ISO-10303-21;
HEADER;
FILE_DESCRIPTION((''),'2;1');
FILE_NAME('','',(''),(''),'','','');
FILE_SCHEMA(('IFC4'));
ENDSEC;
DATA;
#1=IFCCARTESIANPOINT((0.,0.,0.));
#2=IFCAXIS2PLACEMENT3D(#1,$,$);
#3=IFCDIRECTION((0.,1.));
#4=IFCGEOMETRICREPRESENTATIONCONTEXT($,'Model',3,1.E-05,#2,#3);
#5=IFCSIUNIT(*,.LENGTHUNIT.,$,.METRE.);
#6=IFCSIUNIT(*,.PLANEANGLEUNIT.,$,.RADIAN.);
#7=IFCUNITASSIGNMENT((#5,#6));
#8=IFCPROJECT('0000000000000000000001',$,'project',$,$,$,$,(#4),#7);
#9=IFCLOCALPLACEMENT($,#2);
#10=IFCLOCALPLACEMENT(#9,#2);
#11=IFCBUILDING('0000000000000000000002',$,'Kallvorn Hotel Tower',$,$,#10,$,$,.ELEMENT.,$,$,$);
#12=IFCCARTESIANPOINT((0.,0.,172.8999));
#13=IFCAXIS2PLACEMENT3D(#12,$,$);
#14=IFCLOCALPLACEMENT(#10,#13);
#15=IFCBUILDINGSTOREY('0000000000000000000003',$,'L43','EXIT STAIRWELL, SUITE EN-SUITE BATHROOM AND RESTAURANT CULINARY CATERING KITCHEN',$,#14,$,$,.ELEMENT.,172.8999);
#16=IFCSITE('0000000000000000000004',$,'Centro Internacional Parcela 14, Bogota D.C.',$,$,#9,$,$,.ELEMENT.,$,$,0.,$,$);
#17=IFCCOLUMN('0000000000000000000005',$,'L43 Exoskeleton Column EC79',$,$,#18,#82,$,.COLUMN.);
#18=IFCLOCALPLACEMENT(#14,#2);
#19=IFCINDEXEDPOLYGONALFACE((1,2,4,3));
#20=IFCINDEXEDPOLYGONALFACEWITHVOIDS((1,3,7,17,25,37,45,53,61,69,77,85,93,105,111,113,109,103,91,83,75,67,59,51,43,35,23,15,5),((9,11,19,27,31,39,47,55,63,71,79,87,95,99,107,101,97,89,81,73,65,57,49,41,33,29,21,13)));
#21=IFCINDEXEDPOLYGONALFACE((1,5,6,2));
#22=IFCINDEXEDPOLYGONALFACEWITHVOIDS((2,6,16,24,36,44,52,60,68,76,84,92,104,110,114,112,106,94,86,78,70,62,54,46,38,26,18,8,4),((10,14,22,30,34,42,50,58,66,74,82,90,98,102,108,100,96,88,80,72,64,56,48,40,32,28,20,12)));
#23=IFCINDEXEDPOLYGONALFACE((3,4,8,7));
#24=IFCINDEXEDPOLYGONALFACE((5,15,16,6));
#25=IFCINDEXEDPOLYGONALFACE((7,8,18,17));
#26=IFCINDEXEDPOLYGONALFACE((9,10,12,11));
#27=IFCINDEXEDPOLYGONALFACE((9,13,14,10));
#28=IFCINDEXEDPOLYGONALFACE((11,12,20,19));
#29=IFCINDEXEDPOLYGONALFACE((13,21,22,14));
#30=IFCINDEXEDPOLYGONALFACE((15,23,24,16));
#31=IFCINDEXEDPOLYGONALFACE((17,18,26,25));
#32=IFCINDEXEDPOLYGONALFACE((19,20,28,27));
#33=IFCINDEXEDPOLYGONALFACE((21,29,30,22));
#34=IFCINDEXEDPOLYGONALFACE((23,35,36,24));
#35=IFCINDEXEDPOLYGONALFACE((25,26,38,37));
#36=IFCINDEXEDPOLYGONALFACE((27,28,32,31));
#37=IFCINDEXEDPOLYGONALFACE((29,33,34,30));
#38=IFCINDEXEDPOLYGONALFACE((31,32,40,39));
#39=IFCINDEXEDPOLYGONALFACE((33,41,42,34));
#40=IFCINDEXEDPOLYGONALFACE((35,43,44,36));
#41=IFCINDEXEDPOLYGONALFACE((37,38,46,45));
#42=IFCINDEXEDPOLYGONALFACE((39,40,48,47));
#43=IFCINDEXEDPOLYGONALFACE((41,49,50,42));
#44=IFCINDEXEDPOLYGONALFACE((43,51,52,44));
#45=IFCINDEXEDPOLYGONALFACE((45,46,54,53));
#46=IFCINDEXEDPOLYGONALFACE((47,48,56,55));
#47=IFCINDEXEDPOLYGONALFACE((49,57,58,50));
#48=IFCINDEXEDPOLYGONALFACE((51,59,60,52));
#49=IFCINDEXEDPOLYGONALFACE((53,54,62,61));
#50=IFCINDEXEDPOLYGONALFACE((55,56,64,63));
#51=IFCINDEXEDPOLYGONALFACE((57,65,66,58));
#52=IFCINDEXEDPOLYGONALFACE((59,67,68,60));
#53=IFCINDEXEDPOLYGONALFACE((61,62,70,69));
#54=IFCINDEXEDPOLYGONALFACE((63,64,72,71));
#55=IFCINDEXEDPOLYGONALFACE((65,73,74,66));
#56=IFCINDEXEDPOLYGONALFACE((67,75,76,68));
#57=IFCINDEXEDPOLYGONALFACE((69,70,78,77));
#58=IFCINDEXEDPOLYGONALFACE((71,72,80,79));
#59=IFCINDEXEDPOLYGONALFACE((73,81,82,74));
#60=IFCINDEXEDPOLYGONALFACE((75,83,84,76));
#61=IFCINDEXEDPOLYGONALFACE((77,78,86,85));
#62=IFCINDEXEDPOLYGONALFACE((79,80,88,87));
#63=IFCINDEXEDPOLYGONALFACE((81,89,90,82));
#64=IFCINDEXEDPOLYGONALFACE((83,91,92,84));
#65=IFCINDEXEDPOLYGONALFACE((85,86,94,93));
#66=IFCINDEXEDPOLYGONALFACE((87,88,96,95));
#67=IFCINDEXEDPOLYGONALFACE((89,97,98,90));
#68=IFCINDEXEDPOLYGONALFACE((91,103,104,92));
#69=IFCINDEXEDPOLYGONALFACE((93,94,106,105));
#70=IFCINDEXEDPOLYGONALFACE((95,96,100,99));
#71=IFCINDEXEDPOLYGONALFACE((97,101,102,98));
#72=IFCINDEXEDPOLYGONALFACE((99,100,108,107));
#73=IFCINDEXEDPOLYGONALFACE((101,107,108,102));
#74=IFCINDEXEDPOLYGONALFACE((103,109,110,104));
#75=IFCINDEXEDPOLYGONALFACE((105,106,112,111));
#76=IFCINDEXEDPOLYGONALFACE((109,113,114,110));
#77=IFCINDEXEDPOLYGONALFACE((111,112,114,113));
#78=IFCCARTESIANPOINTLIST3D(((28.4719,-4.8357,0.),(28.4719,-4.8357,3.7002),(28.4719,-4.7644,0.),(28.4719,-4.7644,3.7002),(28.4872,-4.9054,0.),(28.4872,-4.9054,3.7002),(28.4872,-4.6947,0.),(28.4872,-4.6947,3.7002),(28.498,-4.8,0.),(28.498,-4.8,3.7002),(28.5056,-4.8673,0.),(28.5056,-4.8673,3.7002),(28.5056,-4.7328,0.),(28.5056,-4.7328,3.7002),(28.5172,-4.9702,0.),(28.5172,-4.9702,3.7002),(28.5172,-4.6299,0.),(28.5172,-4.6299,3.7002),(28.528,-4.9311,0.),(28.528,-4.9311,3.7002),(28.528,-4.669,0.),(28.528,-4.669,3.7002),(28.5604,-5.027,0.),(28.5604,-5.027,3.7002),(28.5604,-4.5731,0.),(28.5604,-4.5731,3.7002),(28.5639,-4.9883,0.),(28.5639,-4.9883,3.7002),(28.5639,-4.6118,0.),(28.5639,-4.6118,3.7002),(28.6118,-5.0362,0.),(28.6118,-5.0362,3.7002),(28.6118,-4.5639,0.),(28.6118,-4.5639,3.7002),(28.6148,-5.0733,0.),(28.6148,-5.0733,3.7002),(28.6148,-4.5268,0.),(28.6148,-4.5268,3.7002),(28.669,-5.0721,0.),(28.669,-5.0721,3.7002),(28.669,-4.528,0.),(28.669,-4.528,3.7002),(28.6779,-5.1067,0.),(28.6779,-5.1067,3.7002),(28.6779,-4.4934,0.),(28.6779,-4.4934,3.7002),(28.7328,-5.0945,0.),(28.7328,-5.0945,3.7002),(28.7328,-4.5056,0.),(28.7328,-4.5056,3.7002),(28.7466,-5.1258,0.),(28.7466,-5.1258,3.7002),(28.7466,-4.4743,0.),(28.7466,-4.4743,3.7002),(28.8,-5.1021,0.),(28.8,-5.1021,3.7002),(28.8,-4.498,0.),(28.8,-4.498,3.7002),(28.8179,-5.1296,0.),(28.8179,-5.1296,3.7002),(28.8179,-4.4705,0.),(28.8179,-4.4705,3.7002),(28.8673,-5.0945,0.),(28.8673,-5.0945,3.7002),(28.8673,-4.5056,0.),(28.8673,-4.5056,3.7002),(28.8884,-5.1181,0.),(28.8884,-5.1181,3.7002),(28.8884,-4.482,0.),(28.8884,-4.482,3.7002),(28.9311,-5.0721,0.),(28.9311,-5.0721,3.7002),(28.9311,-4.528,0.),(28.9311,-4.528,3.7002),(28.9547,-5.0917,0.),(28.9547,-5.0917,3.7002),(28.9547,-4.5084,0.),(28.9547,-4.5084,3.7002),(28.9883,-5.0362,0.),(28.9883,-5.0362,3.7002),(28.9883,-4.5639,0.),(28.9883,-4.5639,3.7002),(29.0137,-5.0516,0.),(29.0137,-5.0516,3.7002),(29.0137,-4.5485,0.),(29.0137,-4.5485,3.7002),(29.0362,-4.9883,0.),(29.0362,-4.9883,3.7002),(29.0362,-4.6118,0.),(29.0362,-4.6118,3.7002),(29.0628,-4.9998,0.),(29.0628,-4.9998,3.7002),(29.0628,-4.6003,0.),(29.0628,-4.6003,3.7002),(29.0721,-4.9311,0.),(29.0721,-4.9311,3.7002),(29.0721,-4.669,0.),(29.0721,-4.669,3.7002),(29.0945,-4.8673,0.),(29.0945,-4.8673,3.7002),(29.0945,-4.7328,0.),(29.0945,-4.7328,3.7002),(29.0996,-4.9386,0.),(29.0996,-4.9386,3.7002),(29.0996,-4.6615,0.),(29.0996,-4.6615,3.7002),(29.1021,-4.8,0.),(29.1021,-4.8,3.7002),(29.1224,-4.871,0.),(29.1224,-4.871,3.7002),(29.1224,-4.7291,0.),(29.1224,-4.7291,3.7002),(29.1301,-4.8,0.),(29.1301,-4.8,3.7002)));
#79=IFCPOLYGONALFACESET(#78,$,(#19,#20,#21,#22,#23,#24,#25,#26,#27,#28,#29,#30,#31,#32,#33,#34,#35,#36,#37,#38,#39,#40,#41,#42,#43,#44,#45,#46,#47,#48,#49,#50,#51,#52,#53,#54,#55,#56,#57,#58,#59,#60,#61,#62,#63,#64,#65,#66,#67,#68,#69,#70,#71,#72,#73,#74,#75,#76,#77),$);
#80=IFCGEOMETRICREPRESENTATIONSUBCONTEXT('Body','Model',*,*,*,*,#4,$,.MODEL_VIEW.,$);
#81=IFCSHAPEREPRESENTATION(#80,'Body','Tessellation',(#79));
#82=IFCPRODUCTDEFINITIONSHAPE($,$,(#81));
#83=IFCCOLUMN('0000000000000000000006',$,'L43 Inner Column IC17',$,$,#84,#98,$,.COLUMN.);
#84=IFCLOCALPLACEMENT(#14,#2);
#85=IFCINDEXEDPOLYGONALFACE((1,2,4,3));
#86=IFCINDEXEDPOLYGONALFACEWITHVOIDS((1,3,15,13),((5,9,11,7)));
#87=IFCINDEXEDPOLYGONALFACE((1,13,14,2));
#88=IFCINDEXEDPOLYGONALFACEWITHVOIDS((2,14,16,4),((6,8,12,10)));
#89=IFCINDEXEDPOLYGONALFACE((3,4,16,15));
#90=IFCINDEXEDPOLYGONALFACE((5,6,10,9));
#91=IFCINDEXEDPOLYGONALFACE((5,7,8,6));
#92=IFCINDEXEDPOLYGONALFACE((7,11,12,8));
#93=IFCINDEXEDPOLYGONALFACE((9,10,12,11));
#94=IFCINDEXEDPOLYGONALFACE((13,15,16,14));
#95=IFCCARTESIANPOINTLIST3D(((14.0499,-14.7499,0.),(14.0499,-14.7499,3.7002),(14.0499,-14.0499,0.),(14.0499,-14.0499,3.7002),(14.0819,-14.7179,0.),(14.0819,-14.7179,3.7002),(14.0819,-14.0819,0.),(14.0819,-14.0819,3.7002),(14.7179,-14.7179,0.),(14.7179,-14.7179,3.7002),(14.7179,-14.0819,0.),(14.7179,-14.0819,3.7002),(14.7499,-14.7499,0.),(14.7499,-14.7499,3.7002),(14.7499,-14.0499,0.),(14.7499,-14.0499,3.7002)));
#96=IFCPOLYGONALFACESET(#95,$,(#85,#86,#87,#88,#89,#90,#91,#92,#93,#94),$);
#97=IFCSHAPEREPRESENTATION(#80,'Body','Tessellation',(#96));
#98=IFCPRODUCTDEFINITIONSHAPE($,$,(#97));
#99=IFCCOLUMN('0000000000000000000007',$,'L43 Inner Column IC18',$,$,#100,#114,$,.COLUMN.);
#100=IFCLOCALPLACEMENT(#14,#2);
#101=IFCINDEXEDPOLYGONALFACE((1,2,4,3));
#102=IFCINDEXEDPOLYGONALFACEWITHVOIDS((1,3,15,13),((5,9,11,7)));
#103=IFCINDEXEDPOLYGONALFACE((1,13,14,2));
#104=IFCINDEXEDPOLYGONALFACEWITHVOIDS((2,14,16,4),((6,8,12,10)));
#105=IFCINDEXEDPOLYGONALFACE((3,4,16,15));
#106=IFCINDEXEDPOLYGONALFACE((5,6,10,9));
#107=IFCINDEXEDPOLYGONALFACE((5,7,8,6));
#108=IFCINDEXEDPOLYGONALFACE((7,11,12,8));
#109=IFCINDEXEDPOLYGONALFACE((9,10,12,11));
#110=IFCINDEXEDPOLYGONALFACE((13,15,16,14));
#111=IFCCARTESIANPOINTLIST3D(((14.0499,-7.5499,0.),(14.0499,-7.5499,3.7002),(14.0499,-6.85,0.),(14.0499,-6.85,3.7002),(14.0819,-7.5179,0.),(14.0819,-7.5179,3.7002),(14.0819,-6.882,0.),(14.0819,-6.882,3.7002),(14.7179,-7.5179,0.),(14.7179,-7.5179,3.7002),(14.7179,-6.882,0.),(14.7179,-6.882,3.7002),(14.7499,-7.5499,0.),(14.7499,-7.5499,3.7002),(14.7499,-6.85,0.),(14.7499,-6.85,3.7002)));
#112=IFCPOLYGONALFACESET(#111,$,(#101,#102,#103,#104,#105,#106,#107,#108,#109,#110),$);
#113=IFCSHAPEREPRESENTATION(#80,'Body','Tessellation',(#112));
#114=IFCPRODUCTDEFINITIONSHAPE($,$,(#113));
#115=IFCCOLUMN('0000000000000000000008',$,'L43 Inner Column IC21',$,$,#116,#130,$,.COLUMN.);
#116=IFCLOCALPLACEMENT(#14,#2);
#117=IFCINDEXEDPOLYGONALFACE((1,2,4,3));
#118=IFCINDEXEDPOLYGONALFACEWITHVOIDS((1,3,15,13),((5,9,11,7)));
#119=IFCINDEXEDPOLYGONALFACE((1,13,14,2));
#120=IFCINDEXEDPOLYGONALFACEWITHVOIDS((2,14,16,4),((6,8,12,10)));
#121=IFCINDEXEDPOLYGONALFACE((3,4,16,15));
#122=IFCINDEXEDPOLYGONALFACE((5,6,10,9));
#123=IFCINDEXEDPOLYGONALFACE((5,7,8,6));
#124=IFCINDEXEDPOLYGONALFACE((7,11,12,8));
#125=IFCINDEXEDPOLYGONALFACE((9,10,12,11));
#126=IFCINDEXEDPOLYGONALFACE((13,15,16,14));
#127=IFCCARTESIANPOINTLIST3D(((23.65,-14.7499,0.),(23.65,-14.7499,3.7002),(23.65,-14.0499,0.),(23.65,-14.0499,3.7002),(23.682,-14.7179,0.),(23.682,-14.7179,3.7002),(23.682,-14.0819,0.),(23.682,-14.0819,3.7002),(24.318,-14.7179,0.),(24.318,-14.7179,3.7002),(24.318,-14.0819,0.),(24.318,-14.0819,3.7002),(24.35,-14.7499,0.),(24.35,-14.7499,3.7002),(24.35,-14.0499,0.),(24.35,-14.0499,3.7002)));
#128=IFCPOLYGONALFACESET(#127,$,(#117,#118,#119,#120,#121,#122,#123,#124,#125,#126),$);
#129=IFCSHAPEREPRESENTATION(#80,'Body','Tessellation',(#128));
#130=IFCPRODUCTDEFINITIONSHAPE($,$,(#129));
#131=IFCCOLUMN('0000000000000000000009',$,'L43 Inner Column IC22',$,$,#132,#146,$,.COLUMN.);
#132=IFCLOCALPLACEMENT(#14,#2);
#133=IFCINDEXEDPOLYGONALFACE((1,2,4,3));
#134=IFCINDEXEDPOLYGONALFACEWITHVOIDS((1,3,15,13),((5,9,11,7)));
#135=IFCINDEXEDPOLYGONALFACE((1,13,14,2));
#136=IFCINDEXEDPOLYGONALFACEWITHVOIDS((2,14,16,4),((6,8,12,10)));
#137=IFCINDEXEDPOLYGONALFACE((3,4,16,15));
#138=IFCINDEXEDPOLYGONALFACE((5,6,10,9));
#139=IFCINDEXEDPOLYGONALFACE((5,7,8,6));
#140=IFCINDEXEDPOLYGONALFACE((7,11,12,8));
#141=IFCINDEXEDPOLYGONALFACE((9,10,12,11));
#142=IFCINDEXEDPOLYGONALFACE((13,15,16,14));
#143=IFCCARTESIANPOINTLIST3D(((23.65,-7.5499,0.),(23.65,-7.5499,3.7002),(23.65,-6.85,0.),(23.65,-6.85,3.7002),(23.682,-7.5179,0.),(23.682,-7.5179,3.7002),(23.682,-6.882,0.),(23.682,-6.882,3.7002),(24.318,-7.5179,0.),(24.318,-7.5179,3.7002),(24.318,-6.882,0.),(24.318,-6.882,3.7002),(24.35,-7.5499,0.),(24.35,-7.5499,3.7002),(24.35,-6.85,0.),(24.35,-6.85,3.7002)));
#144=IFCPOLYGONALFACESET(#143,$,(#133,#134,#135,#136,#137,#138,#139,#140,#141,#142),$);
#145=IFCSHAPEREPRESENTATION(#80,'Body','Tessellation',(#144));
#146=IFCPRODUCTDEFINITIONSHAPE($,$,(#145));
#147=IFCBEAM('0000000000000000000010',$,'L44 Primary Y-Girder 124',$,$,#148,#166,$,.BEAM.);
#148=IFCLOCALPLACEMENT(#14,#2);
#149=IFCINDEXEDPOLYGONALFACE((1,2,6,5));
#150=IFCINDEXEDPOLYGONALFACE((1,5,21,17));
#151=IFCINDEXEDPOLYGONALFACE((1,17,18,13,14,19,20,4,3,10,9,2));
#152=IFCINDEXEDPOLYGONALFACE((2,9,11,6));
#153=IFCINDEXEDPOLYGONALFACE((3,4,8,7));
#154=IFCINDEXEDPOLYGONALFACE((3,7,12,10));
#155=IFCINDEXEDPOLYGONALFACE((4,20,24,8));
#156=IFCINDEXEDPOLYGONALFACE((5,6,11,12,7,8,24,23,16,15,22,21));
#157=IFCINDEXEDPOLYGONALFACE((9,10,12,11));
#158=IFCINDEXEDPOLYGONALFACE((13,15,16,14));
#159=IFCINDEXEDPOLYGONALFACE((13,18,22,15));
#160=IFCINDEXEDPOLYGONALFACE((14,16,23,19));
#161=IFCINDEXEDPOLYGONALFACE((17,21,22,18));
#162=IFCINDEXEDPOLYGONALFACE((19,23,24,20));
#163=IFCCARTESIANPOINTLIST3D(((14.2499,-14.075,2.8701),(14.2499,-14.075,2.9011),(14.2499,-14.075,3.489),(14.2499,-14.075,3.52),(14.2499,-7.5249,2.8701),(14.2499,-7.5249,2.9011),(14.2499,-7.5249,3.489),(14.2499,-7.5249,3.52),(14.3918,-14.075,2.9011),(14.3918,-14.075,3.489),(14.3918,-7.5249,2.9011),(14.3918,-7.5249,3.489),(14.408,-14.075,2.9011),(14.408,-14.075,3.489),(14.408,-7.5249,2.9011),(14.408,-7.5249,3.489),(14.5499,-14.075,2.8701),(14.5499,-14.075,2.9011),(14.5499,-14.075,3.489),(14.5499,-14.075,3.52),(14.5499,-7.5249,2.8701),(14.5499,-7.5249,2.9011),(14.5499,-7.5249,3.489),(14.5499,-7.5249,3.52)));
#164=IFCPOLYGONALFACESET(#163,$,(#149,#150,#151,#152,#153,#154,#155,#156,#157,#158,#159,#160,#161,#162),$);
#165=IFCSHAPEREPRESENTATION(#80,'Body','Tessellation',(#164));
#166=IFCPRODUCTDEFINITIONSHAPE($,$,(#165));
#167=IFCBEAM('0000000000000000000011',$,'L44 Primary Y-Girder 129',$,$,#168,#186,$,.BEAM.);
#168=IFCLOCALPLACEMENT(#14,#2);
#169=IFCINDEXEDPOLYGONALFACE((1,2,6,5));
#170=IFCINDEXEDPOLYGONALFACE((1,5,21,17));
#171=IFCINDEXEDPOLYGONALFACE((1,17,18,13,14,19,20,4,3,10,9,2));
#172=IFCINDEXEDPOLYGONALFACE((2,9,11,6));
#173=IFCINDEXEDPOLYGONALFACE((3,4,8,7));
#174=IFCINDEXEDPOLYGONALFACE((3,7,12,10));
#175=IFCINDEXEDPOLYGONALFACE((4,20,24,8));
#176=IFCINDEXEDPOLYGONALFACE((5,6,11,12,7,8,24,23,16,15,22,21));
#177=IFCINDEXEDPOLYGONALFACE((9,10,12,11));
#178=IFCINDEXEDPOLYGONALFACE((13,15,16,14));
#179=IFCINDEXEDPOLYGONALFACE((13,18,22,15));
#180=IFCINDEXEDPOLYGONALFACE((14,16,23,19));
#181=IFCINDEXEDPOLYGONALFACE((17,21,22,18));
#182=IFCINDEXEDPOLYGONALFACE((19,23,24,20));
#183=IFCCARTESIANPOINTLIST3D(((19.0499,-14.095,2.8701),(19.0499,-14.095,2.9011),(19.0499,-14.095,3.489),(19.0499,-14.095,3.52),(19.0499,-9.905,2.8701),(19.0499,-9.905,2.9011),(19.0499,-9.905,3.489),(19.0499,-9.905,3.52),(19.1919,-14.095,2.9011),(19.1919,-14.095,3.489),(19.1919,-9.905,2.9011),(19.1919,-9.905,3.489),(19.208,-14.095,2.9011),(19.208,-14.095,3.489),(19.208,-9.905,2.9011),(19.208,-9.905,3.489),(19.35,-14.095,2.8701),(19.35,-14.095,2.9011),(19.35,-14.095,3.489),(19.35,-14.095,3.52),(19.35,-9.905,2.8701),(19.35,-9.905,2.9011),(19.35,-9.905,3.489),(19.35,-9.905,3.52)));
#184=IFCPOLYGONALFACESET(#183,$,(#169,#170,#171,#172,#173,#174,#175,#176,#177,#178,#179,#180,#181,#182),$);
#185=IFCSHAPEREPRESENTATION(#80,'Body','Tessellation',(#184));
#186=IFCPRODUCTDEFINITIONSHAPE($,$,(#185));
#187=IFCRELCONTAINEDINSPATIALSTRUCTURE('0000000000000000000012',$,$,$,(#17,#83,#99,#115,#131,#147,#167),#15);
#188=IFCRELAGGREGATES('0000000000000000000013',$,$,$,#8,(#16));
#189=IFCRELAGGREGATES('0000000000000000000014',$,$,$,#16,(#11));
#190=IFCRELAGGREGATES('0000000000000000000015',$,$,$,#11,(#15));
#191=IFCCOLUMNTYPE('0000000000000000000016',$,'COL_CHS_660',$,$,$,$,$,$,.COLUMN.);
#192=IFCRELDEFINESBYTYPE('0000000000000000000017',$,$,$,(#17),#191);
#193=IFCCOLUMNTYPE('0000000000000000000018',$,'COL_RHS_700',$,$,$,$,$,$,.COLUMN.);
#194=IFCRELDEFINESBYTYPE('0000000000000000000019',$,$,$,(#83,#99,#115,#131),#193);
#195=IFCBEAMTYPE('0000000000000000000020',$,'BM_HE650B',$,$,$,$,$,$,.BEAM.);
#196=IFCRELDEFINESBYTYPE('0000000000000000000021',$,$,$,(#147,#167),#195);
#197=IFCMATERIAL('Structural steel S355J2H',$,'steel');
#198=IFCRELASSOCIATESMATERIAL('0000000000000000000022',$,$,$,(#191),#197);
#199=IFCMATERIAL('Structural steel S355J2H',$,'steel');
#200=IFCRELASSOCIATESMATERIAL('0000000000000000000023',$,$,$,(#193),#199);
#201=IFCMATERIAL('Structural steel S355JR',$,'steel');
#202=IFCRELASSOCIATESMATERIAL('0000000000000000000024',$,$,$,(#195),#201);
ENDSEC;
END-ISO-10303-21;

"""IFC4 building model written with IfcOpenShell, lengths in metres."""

from ifc_helpers import new_model, si_unit, direction, frame, origin, origin_2d, place, context, subcontext, project, spatial, hollow_rectangle, hollow_circle, i_section, extrude, material, material_profile, profile_set, type_object, element, save


model = new_model("IFC4")

# Units and contexts
model_context = context("Model", 3, precision=1e-05, world=origin(), true_north=direction((0.0, 1.0)))
body_context = subcontext(model_context, "Body", "Model", "MODEL_VIEW")
ifc_project = project(units=[si_unit("LENGTHUNIT", "METRE"), si_unit("PLANEANGLEUNIT", "RADIAN")], contexts=[model_context])

# Site, building, storey
site_placement = place(None, origin())
site = spatial("IfcSite", under=ifc_project, at=site_placement, Name="Centro Internacional Parcela 14, Bogota D.C.", CompositionType="ELEMENT", RefElevation=0.0)
building_placement = place(site_placement, origin())
building = spatial("IfcBuilding", under=site, at=building_placement, Name="Kallvorn Hotel Tower", CompositionType="ELEMENT")
storey_placement = place(building_placement, frame((0.0, 0.0, 172.8999)))
storey = spatial("IfcBuildingStorey", under=building, at=storey_placement, Name="L43", Description="EXIT STAIRWELL, SUITE EN-SUITE BATHROOM AND RESTAURANT CULINARY CATERING KITCHEN", CompositionType="ELEMENT", Elevation=172.8999)

# Columns
ifc_material_1 = material(Name="Structural steel S355J2H", Category="steel")
ifc_material_profile_1 = material_profile(ifc_material_1, hollow_circle(Radius=0.3301, WallThickness=0.0281, at=origin_2d()), Name="CHS 660x28")
ifc_profile_set_1 = profile_set([ifc_material_profile_1], Name="Structural steel S355J2H")
column_type_1 = type_object("IfcColumnType", Name="COL_CHS_660", PredefinedType="COLUMN", material=ifc_profile_set_1)
for number, where, z_axis, x_axis, name in (
    (1, (28.8, -4.8, 0.0), (0.0, 0.0, 1.0), (1.0, 0.0, 0.0), "L43 Exoskeleton Column EC79"),
):
    element("IfcColumn", number, at=place(storey_placement, frame(where, z_axis=z_axis, x_axis=x_axis)), inside=storey, type_object=column_type_1, Name=name, PredefinedType="COLUMN", context=body_context, shape_type="SweptSolid", body=[
        extrude(hollow_circle(Radius=0.3301, WallThickness=0.0281, at=origin_2d()), origin(), (0.0, 0.0, 1.0), 3.7002),
    ])
ifc_material_2 = material(Name="Structural steel S355J2H", Category="steel")
ifc_material_profile_2 = material_profile(ifc_material_2, hollow_rectangle(XDim=0.7, YDim=0.7, WallThickness=0.032, at=origin_2d()), Name="RHS 700x700x32")
ifc_profile_set_2 = profile_set([ifc_material_profile_2], Name="Structural steel S355J2H")
column_type_2 = type_object("IfcColumnType", Name="COL_RHS_700", PredefinedType="COLUMN", material=ifc_profile_set_2)
for number, where, z_axis, x_axis, name in (
    (2, (14.3999, -14.3999, 0.0), (0.0, 0.0, 1.0), (1.0, 0.0, 0.0), "L43 Inner Column IC17"),
    (3, (14.3999, -7.2, 0.0), (0.0, 0.0, 1.0), (1.0, 0.0, 0.0), "L43 Inner Column IC18"),
    (4, (24.0, -14.3999, 0.0), (0.0, 0.0, 1.0), (1.0, 0.0, 0.0), "L43 Inner Column IC21"),
    (5, (24.0, -7.2, 0.0), (0.0, 0.0, 1.0), (1.0, 0.0, 0.0), "L43 Inner Column IC22"),
):
    element("IfcColumn", number, at=place(storey_placement, frame(where, z_axis=z_axis, x_axis=x_axis)), inside=storey, type_object=column_type_2, Name=name, PredefinedType="COLUMN", context=body_context, shape_type="SweptSolid", body=[
        extrude(hollow_rectangle(XDim=0.7, YDim=0.7, WallThickness=0.032, at=origin_2d()), origin(), (0.0, 0.0, 1.0), 3.7002),
    ])

# Beams
ifc_material_3 = material(Name="Structural steel S355JR", Category="steel")
ifc_material_profile_3 = material_profile(ifc_material_3, i_section(OverallWidth=0.3, OverallDepth=0.6499, WebThickness=0.0161, FlangeThickness=0.031, at=origin_2d()), Name="HE 650 B")
ifc_profile_set_3 = profile_set([ifc_material_profile_3], Name="Structural steel S355JR")
beam_type_1 = type_object("IfcBeamType", Name="BM_HE650B", PredefinedType="BEAM", material=ifc_profile_set_3)
beam_1_placement = place(storey_placement, frame((14.3999, -14.075, 3.1951), z_axis=(0.0, 1.0, 0.0), x_axis=(-1.0, 0.0, 0.0)))
element("IfcBeam", 6, at=beam_1_placement, inside=storey, type_object=beam_type_1, Name="L44 Primary Y-Girder 124", PredefinedType="BEAM", context=body_context, shape_type="SweptSolid", body=[
    extrude(i_section(OverallWidth=0.3, OverallDepth=0.6499, WebThickness=0.0161, FlangeThickness=0.031, at=origin_2d()), origin(), (0.0, 0.0, 1.0), 6.55),
])
beam_2_placement = place(storey_placement, frame((19.2, -14.095, 3.1951), z_axis=(0.0, 1.0, 0.0), x_axis=(-1.0, 0.0, 0.0)))
element("IfcBeam", 7, at=beam_2_placement, inside=storey, type_object=beam_type_1, Name="L44 Primary Y-Girder 129", PredefinedType="BEAM", context=body_context, shape_type="SweptSolid", body=[
    extrude(i_section(OverallWidth=0.3, OverallDepth=0.6499, WebThickness=0.0161, FlangeThickness=0.031, at=origin_2d()), origin(), (0.0, 0.0, 1.0), 4.1899),
])

save(model, "model.ifc")
